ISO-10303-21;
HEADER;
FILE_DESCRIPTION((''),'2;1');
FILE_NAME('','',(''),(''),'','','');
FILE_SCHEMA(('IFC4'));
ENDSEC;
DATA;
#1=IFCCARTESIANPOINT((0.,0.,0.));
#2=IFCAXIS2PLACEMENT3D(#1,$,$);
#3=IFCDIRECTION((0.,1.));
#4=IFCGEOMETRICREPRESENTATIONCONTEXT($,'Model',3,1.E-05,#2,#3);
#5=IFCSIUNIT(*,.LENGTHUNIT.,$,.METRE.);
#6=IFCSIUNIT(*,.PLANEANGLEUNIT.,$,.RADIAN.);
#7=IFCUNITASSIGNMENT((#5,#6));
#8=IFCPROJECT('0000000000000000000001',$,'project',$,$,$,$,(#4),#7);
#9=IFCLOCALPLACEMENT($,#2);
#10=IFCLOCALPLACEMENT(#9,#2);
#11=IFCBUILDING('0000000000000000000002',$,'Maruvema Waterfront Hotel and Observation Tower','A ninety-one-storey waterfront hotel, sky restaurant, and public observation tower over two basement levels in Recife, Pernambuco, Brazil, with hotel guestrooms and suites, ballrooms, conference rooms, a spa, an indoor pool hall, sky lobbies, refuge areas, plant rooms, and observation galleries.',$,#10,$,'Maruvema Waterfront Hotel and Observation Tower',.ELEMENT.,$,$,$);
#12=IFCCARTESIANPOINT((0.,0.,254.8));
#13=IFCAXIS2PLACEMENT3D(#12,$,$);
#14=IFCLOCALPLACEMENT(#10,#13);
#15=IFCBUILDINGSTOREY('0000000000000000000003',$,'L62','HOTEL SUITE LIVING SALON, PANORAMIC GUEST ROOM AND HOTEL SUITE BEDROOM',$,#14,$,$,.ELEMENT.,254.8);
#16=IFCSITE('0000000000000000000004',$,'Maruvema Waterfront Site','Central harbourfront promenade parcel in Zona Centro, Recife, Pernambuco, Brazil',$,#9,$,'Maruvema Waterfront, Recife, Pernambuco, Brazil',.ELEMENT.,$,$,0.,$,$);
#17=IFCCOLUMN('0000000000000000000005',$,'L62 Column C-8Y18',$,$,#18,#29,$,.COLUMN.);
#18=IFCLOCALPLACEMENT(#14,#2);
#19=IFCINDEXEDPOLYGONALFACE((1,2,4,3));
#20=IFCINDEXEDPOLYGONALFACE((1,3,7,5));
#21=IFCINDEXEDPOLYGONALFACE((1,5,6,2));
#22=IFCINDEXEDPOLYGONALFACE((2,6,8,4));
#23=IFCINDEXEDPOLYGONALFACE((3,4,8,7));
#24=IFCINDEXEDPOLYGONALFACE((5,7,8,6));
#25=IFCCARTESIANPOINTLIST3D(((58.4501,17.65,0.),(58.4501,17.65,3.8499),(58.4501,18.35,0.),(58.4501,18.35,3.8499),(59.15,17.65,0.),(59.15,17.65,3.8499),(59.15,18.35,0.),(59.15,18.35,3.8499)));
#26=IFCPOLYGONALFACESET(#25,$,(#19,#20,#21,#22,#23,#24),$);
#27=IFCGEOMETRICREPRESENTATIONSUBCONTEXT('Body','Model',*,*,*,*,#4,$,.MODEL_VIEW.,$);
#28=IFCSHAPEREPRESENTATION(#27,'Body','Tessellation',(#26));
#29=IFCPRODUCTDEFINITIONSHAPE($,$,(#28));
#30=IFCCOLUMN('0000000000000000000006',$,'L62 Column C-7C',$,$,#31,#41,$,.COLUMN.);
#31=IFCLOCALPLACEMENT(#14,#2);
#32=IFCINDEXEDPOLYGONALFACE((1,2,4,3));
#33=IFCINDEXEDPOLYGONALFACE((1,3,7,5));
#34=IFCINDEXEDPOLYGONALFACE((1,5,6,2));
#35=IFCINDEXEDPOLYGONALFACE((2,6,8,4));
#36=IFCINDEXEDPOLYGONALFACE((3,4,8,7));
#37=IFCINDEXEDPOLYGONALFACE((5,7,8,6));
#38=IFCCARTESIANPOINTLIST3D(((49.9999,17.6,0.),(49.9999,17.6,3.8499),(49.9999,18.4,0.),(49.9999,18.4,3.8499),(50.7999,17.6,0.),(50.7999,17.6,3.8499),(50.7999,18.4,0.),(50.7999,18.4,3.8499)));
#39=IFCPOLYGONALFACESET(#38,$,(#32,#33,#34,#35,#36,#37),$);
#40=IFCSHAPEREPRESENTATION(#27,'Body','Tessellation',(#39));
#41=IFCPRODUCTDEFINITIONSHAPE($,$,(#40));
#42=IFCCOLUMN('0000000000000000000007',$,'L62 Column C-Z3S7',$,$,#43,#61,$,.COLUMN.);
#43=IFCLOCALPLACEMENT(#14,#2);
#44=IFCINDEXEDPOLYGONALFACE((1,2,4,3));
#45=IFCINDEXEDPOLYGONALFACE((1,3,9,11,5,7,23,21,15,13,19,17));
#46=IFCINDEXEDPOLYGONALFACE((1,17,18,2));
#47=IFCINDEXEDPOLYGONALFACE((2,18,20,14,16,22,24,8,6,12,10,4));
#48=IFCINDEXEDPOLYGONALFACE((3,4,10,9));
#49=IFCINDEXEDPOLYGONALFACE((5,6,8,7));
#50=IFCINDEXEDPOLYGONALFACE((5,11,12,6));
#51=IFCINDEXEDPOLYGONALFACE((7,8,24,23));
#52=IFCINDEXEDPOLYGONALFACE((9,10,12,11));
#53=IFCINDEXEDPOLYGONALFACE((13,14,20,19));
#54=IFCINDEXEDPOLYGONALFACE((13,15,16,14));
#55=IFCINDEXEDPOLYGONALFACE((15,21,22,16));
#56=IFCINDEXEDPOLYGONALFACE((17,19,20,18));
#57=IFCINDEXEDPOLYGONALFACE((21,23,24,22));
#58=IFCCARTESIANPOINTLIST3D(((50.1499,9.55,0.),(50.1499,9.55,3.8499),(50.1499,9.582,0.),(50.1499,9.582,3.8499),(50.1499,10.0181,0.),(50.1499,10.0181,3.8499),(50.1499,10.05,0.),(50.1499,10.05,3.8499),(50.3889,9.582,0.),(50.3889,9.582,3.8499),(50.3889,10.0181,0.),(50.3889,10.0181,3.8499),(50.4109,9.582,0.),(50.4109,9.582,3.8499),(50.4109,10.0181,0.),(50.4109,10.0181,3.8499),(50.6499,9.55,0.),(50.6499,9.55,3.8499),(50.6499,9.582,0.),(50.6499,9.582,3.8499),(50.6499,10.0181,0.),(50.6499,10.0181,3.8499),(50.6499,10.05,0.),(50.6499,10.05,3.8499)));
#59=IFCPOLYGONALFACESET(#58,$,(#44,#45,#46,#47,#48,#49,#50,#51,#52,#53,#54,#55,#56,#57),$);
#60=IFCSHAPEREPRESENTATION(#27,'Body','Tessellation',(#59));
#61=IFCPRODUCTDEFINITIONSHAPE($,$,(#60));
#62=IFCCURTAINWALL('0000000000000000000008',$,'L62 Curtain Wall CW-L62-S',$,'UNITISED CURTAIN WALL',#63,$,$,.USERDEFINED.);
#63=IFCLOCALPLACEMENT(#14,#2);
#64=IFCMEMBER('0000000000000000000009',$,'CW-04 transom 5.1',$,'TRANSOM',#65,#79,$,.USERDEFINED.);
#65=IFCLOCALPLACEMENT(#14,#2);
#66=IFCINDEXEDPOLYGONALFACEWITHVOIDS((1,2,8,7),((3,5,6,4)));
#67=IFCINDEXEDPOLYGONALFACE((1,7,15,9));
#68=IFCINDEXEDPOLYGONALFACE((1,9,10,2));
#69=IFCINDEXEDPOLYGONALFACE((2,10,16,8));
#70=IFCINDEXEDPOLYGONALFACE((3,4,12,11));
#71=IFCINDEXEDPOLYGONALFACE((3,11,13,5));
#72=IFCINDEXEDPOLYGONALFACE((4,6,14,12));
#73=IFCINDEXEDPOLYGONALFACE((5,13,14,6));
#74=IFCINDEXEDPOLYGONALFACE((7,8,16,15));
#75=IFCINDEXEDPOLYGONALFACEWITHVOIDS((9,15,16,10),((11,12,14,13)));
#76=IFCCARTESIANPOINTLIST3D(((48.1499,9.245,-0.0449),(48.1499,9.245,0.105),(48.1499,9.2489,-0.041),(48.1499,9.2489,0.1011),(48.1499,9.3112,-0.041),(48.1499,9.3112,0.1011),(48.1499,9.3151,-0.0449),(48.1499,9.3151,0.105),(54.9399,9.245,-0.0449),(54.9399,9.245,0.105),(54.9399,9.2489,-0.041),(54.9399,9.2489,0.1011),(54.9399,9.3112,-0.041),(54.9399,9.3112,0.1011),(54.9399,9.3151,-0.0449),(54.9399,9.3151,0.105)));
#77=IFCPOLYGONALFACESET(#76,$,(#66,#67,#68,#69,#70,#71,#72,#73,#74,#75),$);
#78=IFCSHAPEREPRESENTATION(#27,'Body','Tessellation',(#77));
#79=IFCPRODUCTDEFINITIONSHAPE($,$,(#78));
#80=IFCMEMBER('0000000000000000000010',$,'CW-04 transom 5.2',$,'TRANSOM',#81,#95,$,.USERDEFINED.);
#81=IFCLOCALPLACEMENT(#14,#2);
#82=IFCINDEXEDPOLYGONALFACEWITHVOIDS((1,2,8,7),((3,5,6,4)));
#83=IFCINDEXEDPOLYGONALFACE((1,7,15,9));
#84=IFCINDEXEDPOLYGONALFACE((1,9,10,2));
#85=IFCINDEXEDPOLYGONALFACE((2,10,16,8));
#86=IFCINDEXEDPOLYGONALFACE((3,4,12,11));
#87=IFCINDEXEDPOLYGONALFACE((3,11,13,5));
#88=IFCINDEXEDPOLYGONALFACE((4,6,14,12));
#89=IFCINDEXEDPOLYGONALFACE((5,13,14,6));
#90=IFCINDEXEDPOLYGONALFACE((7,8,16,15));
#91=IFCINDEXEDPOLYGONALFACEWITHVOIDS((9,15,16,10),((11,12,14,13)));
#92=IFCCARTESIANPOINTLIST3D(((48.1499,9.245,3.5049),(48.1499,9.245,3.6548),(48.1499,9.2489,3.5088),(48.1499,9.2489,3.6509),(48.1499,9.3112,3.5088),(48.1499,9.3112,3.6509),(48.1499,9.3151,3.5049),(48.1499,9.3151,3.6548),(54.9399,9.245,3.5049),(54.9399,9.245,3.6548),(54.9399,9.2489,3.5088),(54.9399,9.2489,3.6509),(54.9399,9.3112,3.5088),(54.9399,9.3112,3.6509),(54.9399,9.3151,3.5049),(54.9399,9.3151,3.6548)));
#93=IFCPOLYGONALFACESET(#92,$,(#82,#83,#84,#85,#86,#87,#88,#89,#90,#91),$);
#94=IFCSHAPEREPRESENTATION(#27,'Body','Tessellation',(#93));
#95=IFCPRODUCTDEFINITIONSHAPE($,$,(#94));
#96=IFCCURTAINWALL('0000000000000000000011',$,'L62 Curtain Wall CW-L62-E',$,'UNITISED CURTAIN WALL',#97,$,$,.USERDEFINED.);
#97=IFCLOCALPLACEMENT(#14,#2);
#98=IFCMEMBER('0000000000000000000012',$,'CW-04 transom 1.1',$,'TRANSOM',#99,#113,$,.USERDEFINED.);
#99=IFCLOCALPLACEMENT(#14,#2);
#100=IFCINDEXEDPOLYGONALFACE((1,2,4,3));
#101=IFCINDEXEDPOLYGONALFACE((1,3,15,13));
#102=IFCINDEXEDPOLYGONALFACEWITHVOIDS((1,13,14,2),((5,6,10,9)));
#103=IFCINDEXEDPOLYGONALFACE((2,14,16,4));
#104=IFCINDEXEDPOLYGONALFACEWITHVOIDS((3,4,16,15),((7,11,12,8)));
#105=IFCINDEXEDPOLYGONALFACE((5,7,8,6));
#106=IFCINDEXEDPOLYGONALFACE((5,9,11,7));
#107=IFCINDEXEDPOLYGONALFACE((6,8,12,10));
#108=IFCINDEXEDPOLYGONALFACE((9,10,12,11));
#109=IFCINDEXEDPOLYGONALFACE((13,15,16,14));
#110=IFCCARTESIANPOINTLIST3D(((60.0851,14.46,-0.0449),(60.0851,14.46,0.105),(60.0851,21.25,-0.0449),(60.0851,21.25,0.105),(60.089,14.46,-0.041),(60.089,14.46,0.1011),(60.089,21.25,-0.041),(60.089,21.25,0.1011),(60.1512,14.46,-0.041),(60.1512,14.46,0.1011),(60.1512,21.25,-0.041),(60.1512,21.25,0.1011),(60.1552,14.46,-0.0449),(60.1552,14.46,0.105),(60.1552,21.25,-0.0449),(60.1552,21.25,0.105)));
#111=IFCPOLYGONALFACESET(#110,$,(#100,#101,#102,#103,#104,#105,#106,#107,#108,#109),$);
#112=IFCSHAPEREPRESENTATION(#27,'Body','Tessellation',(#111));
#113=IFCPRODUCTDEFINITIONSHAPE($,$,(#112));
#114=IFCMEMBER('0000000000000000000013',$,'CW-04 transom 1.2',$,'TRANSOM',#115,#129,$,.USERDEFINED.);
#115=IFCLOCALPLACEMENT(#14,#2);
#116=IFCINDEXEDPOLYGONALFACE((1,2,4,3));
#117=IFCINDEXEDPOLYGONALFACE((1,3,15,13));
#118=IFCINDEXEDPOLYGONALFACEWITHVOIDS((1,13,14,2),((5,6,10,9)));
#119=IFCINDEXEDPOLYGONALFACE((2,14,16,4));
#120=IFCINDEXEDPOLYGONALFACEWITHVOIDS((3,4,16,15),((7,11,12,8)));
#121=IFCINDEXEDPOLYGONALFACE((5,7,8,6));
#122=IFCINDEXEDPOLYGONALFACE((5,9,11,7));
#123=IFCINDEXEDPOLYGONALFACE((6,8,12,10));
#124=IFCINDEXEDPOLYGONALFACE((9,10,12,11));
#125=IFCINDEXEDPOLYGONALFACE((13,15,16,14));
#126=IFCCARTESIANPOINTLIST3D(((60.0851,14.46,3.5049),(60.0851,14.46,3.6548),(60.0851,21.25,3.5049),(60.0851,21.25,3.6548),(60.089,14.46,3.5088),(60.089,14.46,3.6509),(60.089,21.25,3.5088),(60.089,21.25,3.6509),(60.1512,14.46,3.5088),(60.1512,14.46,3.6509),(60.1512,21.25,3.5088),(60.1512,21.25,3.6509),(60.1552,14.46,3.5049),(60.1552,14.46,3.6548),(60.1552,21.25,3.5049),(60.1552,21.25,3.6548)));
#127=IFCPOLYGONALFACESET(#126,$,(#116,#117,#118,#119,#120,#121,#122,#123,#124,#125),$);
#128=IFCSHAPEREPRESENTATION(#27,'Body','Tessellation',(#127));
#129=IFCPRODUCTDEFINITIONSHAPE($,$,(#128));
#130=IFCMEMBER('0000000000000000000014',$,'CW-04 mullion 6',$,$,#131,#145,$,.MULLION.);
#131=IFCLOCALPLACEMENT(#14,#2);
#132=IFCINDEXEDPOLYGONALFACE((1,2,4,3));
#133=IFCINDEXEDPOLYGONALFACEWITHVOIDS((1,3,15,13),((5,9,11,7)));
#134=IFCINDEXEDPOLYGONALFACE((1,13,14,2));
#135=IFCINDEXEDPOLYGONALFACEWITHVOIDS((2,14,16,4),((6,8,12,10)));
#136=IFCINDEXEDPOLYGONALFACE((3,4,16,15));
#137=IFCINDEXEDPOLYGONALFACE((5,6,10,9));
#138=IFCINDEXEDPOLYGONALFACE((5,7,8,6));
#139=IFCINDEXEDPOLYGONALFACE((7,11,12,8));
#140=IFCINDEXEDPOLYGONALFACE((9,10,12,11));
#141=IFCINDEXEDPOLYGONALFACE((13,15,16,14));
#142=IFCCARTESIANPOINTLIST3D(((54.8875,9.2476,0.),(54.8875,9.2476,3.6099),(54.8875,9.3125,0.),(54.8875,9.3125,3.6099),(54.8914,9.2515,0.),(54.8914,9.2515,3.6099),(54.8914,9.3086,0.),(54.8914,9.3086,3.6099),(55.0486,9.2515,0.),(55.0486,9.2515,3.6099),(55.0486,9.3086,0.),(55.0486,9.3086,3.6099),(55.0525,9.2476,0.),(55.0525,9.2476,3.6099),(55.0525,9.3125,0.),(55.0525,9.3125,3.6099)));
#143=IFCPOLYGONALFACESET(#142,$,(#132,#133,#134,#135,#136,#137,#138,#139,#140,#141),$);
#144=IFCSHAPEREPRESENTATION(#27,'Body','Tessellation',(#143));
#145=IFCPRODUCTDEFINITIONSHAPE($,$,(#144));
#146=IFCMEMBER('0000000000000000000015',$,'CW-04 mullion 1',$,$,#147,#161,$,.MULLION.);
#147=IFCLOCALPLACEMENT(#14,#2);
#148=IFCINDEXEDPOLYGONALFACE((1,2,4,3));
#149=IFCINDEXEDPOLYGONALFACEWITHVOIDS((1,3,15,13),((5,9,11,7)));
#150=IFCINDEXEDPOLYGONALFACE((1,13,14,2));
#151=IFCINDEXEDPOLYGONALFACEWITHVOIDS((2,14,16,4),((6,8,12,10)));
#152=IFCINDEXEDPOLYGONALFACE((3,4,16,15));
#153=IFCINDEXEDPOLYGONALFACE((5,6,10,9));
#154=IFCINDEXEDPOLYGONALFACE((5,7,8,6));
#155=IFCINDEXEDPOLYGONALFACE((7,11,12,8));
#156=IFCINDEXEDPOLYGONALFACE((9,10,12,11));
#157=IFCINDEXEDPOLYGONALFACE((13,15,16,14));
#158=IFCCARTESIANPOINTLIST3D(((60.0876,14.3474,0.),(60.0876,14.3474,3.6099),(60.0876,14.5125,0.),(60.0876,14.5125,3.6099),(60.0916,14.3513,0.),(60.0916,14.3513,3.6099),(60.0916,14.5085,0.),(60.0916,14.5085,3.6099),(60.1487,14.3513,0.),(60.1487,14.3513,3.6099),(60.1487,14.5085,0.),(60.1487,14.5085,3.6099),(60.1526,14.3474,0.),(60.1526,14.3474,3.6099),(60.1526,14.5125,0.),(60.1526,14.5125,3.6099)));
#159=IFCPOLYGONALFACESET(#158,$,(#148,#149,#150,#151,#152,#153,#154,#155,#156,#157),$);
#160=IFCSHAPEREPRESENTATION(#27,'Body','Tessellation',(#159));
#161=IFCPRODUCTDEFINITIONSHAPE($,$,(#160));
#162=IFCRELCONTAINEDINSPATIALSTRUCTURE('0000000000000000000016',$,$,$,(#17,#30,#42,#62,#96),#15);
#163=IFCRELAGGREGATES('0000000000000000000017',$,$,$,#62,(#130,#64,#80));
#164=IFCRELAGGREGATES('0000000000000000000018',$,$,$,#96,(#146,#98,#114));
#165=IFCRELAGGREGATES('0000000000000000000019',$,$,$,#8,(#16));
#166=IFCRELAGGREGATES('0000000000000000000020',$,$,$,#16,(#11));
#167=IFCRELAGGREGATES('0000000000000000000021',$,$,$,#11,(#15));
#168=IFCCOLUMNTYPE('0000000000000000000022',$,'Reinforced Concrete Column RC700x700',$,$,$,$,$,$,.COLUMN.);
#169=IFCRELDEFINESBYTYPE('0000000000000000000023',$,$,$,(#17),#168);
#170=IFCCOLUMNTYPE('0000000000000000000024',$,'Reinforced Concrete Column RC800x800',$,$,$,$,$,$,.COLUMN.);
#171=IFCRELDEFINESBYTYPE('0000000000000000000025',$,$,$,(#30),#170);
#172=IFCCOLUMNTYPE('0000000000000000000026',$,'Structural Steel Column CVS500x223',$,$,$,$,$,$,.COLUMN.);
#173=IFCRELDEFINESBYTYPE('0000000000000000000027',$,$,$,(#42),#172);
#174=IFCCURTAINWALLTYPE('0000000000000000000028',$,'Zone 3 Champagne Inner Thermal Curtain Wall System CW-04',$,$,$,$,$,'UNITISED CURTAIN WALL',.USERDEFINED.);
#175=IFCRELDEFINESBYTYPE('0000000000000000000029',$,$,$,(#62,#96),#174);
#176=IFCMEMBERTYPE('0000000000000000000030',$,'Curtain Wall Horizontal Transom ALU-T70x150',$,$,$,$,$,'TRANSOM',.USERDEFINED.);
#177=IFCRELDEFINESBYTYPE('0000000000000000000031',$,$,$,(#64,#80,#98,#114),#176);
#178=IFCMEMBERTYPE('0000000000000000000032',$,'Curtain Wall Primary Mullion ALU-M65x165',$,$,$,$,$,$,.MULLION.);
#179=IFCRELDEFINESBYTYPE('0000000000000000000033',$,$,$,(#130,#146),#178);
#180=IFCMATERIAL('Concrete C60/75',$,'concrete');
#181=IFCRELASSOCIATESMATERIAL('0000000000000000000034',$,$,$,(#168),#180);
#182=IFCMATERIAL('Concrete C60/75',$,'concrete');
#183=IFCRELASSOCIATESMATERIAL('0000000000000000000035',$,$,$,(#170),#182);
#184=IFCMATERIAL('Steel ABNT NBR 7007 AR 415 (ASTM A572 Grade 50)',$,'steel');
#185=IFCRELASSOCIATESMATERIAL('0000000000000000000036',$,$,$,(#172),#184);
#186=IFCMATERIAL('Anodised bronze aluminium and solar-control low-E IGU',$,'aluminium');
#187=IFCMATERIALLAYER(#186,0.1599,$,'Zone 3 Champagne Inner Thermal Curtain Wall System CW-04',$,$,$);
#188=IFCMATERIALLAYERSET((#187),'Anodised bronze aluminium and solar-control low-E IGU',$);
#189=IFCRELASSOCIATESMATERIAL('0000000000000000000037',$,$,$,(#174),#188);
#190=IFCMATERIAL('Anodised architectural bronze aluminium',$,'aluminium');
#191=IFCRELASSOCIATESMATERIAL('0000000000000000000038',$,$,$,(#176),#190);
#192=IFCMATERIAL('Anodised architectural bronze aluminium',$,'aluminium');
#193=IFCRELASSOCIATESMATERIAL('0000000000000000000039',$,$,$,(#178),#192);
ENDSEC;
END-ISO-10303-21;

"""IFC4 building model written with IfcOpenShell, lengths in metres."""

from ifc_helpers import new_model, si_unit, direction, frame, origin, origin_2d, place, context, subcontext, project, spatial, rectangle, hollow_rectangle, i_section, extrude, material, layer, layer_set, material_profile, profile_set, type_object, element, aggregate, save


model = new_model("IFC4")

# Units and contexts
model_context = context("Model", 3, precision=1e-05, world=origin(), true_north=direction((0.0, 1.0)))
body_context = subcontext(model_context, "Body", "Model", "MODEL_VIEW")
ifc_project = project(units=[si_unit("LENGTHUNIT", "METRE"), si_unit("PLANEANGLEUNIT", "RADIAN")], contexts=[model_context])

# Site, building, storey
site_placement = place(None, origin())
site = spatial("IfcSite", under=ifc_project, at=site_placement, Name="Maruvema Waterfront Site", Description="Central harbourfront promenade parcel in Zona Centro, Recife, Pernambuco, Brazil", LongName="Maruvema Waterfront, Recife, Pernambuco, Brazil", CompositionType="ELEMENT", RefElevation=0.0)
building_placement = place(site_placement, origin())
building = spatial("IfcBuilding", under=site, at=building_placement, Name="Maruvema Waterfront Hotel and Observation Tower", Description="A ninety-one-storey waterfront hotel, sky restaurant, and public observation tower over two basement levels in Recife, Pernambuco, Brazil, with hotel guestrooms and suites, ballrooms, conference rooms, a spa, an indoor pool hall, sky lobbies, refuge areas, plant rooms, and observation galleries.", LongName="Maruvema Waterfront Hotel and Observation Tower", CompositionType="ELEMENT")
storey_placement = place(building_placement, frame((0.0, 0.0, 254.8)))
storey = spatial("IfcBuildingStorey", under=building, at=storey_placement, Name="L62", Description="HOTEL SUITE LIVING SALON, PANORAMIC GUEST ROOM AND HOTEL SUITE BEDROOM", CompositionType="ELEMENT", Elevation=254.8)

# Columns
ifc_material_1 = material(Name="Concrete C60/75", Category="concrete")
ifc_material_profile_1 = material_profile(ifc_material_1, rectangle(XDim=0.7, YDim=0.7, at=origin_2d()), Name="RC700x700")
ifc_profile_set_1 = profile_set([ifc_material_profile_1], Name="Concrete C60/75")
column_type_1 = type_object("IfcColumnType", Name="Reinforced Concrete Column RC700x700", PredefinedType="COLUMN", material=ifc_profile_set_1)
column_1_placement = place(storey_placement, frame((58.8, 18.0, 0.0), z_axis=(0.0, 0.0, 1.0), x_axis=(1.0, 0.0, 0.0)))
element("IfcColumn", 1, at=column_1_placement, inside=storey, type_object=column_type_1, Name="L62 Column C-8Y18", PredefinedType="COLUMN", context=body_context, shape_type="SweptSolid", body=[
    extrude(rectangle(XDim=0.7, YDim=0.7, at=origin_2d()), origin(), (0.0, 0.0, 1.0), 3.8499),
])
ifc_material_2 = material(Name="Concrete C60/75", Category="concrete")
ifc_material_profile_2 = material_profile(ifc_material_2, rectangle(XDim=0.8, YDim=0.8, at=origin_2d()), Name="RC800x800")
ifc_profile_set_2 = profile_set([ifc_material_profile_2], Name="Concrete C60/75")
column_type_2 = type_object("IfcColumnType", Name="Reinforced Concrete Column RC800x800", PredefinedType="COLUMN", material=ifc_profile_set_2)
column_2_placement = place(storey_placement, frame((50.3999, 18.0, 0.0), z_axis=(0.0, 0.0, 1.0), x_axis=(1.0, 0.0, 0.0)))
element("IfcColumn", 2, at=column_2_placement, inside=storey, type_object=column_type_2, Name="L62 Column C-7C", PredefinedType="COLUMN", context=body_context, shape_type="SweptSolid", body=[
    extrude(rectangle(XDim=0.8, YDim=0.8, at=origin_2d()), origin(), (0.0, 0.0, 1.0), 3.8499),
])
ifc_material_3 = material(Name="Steel ABNT NBR 7007 AR 415 (ASTM A572 Grade 50)", Category="steel")
ifc_material_profile_3 = material_profile(ifc_material_3, i_section(OverallWidth=0.5, OverallDepth=0.5, WebThickness=0.022, FlangeThickness=0.032, at=origin_2d()), Name="CVS500x223")
ifc_profile_set_3 = profile_set([ifc_material_profile_3], Name="Steel ABNT NBR 7007 AR 415 (ASTM A572 Grade 50)")
column_type_3 = type_object("IfcColumnType", Name="Structural Steel Column CVS500x223", PredefinedType="COLUMN", material=ifc_profile_set_3)
column_3_placement = place(storey_placement, frame((50.3999, 9.8, 0.0), z_axis=(0.0, 0.0, 1.0), x_axis=(1.0, 0.0, 0.0)))
element("IfcColumn", 3, at=column_3_placement, inside=storey, type_object=column_type_3, Name="L62 Column C-Z3S7", PredefinedType="COLUMN", context=body_context, shape_type="SweptSolid", body=[
    extrude(i_section(OverallWidth=0.5, OverallDepth=0.5, WebThickness=0.022, FlangeThickness=0.032, at=origin_2d()), origin(), (0.0, 0.0, 1.0), 3.8499),
])

# Curtain walls, members
ifc_material_4 = material(Name="Anodised bronze aluminium and solar-control low-E IGU", Category="aluminium")
ifc_layer_1 = layer(ifc_material_4, 0.1599, Name="Zone 3 Champagne Inner Thermal Curtain Wall System CW-04")
ifc_layer_set_1 = layer_set([ifc_layer_1], Name="Anodised bronze aluminium and solar-control low-E IGU")
curtain_wall_type = type_object("IfcCurtainWallType", Name="Zone 3 Champagne Inner Thermal Curtain Wall System CW-04", ElementType="UNITISED CURTAIN WALL", PredefinedType="USERDEFINED", material=ifc_layer_set_1)
curtain_wall_1_placement = place(storey_placement, origin())
curtain_wall_1 = element("IfcCurtainWall", 4, at=curtain_wall_1_placement, inside=storey, type_object=curtain_wall_type, Name="L62 Curtain Wall CW-L62-S", ObjectType="UNITISED CURTAIN WALL", PredefinedType="USERDEFINED")
ifc_material_5 = material(Name="Anodised architectural bronze aluminium", Category="aluminium")
ifc_material_profile_4 = material_profile(ifc_material_5, hollow_rectangle(XDim=0.0701, YDim=0.1499, WallThickness=0.0039, at=origin_2d()), Name="ALU-T70x150")
ifc_profile_set_4 = profile_set([ifc_material_profile_4], Name="Anodised architectural bronze aluminium")
member_type_1 = type_object("IfcMemberType", Name="Curtain Wall Horizontal Transom ALU-T70x150", ElementType="TRANSOM", PredefinedType="USERDEFINED", material=ifc_profile_set_4)
member_1_placement = place(storey_placement, frame((48.1499, 9.28, 0.03), z_axis=(1.0, 0.0, 0.0), x_axis=(0.0, 1.0, 0.0)))
member_1 = element("IfcMember", 5, at=member_1_placement, type_object=member_type_1, Name="CW-04 transom 5.1", ObjectType="TRANSOM", PredefinedType="USERDEFINED", context=body_context, shape_type="SweptSolid", body=[
    extrude(hollow_rectangle(XDim=0.0701, YDim=0.1499, WallThickness=0.0039, at=origin_2d()), origin(), (0.0, 0.0, 1.0), 6.79),
])
member_2_placement = place(storey_placement, frame((48.1499, 9.28, 3.5798), z_axis=(1.0, 0.0, 0.0), x_axis=(0.0, 1.0, 0.0)))
member_2 = element("IfcMember", 6, at=member_2_placement, type_object=member_type_1, Name="CW-04 transom 5.2", ObjectType="TRANSOM", PredefinedType="USERDEFINED", context=body_context, shape_type="SweptSolid", body=[
    extrude(hollow_rectangle(XDim=0.0701, YDim=0.1499, WallThickness=0.0039, at=origin_2d()), origin(), (0.0, 0.0, 1.0), 6.79),
])
curtain_wall_2_placement = place(storey_placement, origin())
curtain_wall_2 = element("IfcCurtainWall", 7, at=curtain_wall_2_placement, inside=storey, type_object=curtain_wall_type, Name="L62 Curtain Wall CW-L62-E", ObjectType="UNITISED CURTAIN WALL", PredefinedType="USERDEFINED")
member_3_placement = place(storey_placement, frame((60.1201, 14.46, 0.03), z_axis=(0.0, 1.0, 0.0), x_axis=(-1.0, 0.0, 0.0)))
member_3 = element("IfcMember", 8, at=member_3_placement, type_object=member_type_1, Name="CW-04 transom 1.1", ObjectType="TRANSOM", PredefinedType="USERDEFINED", context=body_context, shape_type="SweptSolid", body=[
    extrude(hollow_rectangle(XDim=0.0701, YDim=0.1499, WallThickness=0.0039, at=origin_2d()), origin(), (0.0, 0.0, 1.0), 6.79),
])
member_4_placement = place(storey_placement, frame((60.1201, 14.46, 3.5798), z_axis=(0.0, 1.0, 0.0), x_axis=(-1.0, 0.0, 0.0)))
member_4 = element("IfcMember", 9, at=member_4_placement, type_object=member_type_1, Name="CW-04 transom 1.2", ObjectType="TRANSOM", PredefinedType="USERDEFINED", context=body_context, shape_type="SweptSolid", body=[
    extrude(hollow_rectangle(XDim=0.0701, YDim=0.1499, WallThickness=0.0039, at=origin_2d()), origin(), (0.0, 0.0, 1.0), 6.79),
])

# Members
ifc_material_6 = material(Name="Anodised architectural bronze aluminium", Category="aluminium")
ifc_material_profile_5 = material_profile(ifc_material_6, hollow_rectangle(XDim=0.0649, YDim=0.165, WallThickness=0.0039, at=origin_2d()), Name="ALU-M65x165")
ifc_profile_set_5 = profile_set([ifc_material_profile_5], Name="Anodised architectural bronze aluminium")
member_type_2 = type_object("IfcMemberType", Name="Curtain Wall Primary Mullion ALU-M65x165", PredefinedType="MULLION", material=ifc_profile_set_5)
member_5_placement = place(storey_placement, frame((54.97, 9.28, 0.0), z_axis=(0.0, 0.0, 1.0), x_axis=(0.0, 1.0, 0.0)))
member_5 = element("IfcMember", 10, at=member_5_placement, type_object=member_type_2, Name="CW-04 mullion 6", PredefinedType="MULLION", context=body_context, shape_type="SweptSolid", body=[
    extrude(hollow_rectangle(XDim=0.0649, YDim=0.165, WallThickness=0.0039, at=origin_2d()), origin(), (0.0, 0.0, 1.0), 3.6099),
])
member_6_placement = place(storey_placement, frame((60.1201, 14.4299, 0.0), z_axis=(0.0, 0.0, 1.0), x_axis=(-1.0, 0.0, 0.0)))
member_6 = element("IfcMember", 11, at=member_6_placement, type_object=member_type_2, Name="CW-04 mullion 1", PredefinedType="MULLION", context=body_context, shape_type="SweptSolid", body=[
    extrude(hollow_rectangle(XDim=0.0649, YDim=0.165, WallThickness=0.0039, at=origin_2d()), origin(), (0.0, 0.0, 1.0), 3.6099),
])

aggregate(curtain_wall_1, [member_5, member_1, member_2])
aggregate(curtain_wall_2, [member_6, member_3, member_4])

save(model, "model.ifc")
